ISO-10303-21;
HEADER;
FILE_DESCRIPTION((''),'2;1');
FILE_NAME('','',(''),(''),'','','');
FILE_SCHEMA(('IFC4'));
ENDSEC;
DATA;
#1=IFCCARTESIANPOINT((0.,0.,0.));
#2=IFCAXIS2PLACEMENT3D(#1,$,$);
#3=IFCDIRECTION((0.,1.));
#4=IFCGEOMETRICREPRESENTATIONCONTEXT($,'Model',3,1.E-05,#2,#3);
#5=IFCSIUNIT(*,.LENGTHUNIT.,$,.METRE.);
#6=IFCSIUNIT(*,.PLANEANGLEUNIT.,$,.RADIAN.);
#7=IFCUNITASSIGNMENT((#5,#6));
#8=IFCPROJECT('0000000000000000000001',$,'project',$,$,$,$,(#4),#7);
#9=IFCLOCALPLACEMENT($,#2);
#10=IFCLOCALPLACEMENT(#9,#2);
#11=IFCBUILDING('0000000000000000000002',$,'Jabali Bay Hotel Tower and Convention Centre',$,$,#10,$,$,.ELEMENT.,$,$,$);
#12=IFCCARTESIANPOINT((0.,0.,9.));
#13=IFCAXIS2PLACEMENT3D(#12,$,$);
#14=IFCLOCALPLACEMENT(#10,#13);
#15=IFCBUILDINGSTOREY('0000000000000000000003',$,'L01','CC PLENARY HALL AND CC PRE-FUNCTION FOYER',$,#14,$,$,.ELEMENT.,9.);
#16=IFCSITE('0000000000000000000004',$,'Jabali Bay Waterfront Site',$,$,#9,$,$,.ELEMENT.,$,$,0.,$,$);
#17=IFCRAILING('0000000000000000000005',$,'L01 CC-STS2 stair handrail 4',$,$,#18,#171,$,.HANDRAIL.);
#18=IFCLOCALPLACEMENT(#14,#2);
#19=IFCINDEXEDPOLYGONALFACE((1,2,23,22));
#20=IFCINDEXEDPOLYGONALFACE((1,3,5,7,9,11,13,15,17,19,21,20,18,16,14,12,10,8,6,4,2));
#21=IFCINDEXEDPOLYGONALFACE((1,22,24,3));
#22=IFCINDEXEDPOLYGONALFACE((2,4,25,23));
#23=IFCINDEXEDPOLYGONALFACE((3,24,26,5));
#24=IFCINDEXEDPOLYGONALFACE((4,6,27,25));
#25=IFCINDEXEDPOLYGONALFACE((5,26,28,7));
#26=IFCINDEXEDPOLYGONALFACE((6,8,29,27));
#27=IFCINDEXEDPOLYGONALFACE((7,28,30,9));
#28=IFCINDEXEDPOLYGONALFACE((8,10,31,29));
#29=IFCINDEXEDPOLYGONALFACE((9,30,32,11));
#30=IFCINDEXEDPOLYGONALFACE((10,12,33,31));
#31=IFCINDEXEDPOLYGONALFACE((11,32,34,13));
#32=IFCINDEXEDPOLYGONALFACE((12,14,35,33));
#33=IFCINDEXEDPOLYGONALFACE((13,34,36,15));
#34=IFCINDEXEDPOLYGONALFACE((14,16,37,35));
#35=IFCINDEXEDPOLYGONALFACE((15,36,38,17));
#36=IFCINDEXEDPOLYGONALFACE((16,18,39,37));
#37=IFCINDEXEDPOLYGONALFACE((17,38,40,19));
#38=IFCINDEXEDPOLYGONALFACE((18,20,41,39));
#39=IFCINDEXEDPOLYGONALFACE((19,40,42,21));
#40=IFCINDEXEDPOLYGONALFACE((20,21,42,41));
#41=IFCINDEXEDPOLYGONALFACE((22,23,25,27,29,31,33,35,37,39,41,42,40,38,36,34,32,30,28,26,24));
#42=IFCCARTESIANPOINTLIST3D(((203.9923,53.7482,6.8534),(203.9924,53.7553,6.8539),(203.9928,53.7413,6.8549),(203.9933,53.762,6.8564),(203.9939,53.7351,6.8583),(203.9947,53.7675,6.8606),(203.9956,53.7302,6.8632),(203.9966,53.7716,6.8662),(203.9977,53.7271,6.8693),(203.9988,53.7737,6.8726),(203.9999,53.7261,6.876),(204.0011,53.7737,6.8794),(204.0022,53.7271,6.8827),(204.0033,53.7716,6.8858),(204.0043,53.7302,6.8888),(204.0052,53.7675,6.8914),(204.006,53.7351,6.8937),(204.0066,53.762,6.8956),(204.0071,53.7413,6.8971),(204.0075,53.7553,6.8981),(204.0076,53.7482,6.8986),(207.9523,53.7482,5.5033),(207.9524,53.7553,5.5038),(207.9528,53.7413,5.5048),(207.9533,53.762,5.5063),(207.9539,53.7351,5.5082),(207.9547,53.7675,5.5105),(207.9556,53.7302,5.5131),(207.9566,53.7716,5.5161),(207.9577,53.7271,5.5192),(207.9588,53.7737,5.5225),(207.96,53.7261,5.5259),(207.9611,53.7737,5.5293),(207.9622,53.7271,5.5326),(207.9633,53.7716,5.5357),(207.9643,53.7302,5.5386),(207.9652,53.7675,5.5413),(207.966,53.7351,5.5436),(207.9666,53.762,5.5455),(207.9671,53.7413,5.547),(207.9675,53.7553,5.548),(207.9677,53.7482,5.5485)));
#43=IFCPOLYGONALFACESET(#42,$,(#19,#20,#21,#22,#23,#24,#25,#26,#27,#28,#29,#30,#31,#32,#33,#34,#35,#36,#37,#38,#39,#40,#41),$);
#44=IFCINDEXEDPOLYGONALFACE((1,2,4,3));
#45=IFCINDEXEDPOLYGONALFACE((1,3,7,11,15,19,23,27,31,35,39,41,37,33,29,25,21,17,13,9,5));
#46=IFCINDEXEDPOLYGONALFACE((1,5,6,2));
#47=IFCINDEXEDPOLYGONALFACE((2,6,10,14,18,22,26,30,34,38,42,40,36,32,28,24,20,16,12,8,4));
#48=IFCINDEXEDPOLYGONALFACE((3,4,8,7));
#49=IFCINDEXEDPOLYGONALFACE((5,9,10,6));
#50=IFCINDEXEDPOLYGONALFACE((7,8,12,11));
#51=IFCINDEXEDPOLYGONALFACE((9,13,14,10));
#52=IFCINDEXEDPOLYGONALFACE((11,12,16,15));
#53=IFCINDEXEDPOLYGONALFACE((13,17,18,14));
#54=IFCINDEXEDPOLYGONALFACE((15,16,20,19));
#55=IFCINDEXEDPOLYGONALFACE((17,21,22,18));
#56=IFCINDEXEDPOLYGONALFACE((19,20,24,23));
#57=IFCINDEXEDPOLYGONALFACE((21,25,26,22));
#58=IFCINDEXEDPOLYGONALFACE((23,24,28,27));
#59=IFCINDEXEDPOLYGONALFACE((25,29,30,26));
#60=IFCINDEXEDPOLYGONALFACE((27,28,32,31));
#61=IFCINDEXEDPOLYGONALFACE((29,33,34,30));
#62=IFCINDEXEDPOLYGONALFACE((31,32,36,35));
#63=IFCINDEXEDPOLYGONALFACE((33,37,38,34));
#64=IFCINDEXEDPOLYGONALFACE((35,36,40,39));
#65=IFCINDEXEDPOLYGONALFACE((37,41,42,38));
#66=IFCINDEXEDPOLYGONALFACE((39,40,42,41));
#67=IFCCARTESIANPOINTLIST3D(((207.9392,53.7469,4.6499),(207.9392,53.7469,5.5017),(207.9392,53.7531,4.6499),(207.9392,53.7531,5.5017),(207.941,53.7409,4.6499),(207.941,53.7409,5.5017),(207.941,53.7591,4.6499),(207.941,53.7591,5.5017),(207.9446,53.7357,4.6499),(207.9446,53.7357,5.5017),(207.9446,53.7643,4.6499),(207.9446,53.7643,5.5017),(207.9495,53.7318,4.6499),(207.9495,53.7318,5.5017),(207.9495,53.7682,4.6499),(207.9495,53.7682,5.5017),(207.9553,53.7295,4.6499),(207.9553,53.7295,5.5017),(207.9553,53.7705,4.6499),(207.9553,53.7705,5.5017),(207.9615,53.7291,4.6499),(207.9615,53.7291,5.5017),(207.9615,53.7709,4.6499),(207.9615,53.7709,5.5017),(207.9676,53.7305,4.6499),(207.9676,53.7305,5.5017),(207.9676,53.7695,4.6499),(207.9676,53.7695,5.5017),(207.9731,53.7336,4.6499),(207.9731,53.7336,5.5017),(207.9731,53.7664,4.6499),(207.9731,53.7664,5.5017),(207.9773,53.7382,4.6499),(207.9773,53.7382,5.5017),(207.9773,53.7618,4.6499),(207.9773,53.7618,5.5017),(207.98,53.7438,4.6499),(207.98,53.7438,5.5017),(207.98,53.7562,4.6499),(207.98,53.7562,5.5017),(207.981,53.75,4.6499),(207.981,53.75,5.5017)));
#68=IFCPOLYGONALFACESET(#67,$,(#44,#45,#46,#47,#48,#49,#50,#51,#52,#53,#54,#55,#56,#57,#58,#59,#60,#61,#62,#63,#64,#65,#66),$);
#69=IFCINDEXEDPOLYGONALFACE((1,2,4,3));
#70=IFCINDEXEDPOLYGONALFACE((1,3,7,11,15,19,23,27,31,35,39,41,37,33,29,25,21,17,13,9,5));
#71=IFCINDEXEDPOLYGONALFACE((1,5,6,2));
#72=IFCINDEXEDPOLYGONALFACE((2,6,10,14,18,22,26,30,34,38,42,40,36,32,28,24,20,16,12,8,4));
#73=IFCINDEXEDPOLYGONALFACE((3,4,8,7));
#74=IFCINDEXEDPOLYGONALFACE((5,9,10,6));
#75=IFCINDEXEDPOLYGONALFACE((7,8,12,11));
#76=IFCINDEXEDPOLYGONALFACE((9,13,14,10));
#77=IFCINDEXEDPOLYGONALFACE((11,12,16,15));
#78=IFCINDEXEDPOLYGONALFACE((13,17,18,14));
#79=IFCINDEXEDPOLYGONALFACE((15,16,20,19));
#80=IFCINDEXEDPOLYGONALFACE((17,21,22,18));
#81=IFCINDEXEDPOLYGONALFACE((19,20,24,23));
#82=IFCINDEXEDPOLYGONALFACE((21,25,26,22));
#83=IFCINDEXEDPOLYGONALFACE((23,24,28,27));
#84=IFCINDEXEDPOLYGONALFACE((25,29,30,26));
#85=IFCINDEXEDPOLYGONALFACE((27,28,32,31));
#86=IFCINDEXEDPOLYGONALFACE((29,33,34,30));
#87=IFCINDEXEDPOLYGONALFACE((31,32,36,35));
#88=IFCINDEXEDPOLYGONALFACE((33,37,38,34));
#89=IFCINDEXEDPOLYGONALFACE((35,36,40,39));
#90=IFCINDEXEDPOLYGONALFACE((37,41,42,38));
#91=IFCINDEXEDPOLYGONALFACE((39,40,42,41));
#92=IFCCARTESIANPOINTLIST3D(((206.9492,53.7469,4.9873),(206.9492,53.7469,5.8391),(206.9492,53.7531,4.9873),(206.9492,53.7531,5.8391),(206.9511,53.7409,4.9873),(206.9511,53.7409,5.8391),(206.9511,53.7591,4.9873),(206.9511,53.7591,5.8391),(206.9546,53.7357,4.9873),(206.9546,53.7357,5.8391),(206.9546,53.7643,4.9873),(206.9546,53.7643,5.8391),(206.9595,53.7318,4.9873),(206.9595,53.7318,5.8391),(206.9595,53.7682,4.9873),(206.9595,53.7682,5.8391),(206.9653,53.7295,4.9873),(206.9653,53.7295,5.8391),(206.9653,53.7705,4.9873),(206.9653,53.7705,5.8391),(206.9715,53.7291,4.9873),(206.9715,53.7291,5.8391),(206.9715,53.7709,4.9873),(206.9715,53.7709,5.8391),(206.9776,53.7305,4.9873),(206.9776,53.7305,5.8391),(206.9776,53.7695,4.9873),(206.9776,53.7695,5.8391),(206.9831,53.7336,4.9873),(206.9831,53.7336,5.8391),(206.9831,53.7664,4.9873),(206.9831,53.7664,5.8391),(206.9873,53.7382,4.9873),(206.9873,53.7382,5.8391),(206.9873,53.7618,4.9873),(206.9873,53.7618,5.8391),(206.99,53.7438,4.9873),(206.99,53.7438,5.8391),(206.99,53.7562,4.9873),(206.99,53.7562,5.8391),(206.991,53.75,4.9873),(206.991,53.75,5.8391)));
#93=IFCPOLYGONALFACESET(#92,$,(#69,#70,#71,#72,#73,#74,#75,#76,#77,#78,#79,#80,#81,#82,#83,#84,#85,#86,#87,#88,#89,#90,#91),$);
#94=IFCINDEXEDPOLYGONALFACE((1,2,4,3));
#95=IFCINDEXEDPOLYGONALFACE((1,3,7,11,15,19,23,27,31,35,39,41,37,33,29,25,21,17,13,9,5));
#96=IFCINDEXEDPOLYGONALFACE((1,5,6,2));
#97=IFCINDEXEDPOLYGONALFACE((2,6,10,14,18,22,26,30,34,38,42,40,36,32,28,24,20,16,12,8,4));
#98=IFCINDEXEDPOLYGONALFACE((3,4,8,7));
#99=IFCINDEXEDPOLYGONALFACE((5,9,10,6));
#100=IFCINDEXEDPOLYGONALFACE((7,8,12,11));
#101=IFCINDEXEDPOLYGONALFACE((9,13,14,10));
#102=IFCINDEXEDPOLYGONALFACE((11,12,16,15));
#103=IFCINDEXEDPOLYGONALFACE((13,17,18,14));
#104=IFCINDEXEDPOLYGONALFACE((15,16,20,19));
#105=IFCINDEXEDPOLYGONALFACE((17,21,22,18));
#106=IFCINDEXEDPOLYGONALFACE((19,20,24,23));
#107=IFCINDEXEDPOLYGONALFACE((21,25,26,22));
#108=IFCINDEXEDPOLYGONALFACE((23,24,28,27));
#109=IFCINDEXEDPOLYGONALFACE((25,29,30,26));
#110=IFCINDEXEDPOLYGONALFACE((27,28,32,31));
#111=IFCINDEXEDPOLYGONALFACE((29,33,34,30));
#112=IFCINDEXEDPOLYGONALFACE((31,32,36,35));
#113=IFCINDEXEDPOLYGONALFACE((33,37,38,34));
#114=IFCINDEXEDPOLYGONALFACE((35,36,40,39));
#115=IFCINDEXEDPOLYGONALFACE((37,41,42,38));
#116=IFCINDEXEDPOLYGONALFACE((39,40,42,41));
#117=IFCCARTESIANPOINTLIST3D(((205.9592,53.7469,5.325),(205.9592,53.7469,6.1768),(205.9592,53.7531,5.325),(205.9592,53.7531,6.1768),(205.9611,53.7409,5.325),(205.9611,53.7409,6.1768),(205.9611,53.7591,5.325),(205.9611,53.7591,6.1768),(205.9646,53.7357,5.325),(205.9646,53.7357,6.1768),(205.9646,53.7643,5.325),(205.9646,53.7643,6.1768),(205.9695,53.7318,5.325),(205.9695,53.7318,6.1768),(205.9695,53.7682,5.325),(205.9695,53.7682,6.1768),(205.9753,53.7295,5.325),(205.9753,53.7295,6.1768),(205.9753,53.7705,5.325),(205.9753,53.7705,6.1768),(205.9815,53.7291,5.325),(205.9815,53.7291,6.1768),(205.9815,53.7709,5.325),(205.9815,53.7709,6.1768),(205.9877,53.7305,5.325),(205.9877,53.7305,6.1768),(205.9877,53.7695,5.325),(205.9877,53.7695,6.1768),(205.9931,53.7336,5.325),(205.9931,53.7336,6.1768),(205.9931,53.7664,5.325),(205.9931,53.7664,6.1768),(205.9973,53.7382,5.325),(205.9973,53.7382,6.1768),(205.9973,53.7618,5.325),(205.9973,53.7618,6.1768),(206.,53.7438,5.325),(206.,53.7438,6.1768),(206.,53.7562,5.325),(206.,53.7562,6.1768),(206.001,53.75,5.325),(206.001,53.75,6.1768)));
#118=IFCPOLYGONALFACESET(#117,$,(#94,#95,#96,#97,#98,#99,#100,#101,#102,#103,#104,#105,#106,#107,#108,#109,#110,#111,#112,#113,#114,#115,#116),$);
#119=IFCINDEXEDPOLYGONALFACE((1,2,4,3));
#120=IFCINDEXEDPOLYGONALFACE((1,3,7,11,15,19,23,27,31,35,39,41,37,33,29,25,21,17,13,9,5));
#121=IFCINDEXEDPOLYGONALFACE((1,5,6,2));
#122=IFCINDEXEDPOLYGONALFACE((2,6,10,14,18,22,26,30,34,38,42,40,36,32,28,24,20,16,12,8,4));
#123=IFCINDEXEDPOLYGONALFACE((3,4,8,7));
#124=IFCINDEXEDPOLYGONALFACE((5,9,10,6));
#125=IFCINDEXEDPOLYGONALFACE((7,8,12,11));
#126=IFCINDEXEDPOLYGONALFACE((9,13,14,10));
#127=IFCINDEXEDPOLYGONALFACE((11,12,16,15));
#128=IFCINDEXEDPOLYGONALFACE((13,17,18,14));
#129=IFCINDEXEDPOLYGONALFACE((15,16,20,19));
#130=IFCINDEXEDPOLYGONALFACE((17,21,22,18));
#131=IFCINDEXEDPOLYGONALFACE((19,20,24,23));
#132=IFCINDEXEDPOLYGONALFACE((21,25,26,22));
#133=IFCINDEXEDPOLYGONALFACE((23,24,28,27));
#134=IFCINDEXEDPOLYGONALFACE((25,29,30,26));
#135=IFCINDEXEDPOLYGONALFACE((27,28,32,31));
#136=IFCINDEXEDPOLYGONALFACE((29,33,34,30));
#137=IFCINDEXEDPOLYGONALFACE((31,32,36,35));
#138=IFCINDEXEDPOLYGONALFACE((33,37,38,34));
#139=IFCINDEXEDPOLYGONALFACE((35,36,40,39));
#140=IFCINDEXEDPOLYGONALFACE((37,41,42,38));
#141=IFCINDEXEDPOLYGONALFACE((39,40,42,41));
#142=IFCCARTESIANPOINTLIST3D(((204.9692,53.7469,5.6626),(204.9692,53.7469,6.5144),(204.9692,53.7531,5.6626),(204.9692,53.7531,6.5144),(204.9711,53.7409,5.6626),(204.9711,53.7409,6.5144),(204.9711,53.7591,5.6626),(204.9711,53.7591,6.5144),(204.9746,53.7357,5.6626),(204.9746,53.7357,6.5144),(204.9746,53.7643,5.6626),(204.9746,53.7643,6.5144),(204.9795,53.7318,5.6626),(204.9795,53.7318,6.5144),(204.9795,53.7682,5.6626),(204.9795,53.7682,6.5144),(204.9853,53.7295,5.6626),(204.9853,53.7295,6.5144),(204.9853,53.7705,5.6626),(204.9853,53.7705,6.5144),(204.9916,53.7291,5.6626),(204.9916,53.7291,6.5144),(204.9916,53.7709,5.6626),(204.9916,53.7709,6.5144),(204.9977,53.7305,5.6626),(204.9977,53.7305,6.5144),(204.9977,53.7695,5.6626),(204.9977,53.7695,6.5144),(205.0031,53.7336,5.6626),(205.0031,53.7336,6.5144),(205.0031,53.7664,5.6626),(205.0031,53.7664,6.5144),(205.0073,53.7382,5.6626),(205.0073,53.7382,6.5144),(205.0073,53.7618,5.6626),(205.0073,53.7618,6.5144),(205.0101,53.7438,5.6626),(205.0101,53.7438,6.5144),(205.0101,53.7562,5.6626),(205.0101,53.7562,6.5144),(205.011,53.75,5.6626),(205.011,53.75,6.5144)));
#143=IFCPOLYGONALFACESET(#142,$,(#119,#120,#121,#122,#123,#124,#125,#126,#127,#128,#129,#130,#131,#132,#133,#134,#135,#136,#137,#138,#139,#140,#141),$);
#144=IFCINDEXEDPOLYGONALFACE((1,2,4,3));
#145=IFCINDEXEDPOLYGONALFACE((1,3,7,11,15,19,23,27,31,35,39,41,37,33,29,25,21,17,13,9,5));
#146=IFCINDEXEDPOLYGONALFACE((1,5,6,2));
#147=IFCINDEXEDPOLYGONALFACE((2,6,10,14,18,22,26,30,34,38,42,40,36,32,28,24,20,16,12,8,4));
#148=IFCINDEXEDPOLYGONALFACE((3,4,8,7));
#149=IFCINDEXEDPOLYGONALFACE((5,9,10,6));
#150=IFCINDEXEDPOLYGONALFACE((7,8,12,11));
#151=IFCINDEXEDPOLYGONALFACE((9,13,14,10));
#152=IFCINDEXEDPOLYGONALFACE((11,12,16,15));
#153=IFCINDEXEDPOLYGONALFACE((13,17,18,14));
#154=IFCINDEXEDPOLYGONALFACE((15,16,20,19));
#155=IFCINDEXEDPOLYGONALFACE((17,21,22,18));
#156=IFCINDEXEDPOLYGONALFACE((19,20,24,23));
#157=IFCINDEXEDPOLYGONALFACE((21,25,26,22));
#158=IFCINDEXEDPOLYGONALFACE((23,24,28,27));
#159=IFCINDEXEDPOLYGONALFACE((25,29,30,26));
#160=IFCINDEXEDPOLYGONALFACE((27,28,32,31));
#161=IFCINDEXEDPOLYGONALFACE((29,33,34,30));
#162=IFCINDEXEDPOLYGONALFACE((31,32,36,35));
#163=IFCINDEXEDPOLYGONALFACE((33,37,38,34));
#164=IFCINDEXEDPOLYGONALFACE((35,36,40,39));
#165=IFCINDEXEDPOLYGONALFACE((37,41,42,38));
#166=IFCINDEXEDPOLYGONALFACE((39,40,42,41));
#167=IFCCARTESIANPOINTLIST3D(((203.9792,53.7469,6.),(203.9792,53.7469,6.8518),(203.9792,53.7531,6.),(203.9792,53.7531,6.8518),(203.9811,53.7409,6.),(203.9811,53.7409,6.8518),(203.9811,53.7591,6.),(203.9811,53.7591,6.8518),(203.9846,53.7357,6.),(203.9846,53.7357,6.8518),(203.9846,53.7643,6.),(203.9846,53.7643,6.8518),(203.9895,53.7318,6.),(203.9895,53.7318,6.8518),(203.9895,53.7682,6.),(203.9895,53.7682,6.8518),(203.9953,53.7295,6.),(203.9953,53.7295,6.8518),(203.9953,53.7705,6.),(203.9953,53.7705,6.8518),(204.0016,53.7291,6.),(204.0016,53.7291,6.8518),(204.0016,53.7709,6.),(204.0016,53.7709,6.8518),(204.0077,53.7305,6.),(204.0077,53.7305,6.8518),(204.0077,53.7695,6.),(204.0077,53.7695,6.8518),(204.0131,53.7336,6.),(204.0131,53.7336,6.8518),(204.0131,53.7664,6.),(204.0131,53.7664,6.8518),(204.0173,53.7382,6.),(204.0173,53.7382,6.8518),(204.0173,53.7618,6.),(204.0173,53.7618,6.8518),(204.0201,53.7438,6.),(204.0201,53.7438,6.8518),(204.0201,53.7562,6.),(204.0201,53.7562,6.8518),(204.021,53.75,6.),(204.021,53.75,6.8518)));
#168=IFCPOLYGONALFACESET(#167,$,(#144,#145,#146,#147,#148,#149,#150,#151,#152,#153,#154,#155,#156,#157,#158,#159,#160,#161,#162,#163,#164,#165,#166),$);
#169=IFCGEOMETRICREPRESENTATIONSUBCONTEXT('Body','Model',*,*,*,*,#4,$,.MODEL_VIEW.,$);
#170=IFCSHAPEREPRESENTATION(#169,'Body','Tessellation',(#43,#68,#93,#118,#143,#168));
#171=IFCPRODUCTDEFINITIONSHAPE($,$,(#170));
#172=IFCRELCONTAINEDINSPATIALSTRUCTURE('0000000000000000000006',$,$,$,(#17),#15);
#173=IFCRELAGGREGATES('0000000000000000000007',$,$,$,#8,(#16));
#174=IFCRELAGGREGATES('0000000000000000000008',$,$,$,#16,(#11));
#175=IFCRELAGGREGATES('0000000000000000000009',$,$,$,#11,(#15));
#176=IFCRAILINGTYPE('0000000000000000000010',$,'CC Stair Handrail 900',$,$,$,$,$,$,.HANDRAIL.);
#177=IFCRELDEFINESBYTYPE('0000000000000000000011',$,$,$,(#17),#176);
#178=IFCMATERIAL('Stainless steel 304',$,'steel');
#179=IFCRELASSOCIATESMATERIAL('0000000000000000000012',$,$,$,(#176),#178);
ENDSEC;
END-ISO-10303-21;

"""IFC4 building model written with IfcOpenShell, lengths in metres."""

from ifc_helpers import new_model, si_unit, direction, frame, origin, origin_2d, place, context, subcontext, project, spatial, circle, extrude, material, type_object, element, save


model = new_model("IFC4")

# Units and contexts
model_context = context("Model", 3, precision=1e-05, world=origin(), true_north=direction((0.0, 1.0)))
body_context = subcontext(model_context, "Body", "Model", "MODEL_VIEW")
ifc_project = project(units=[si_unit("LENGTHUNIT", "METRE"), si_unit("PLANEANGLEUNIT", "RADIAN")], contexts=[model_context])

# Site, building, storey
site_placement = place(None, origin())
site = spatial("IfcSite", under=ifc_project, at=site_placement, Name="Jabali Bay Waterfront Site", CompositionType="ELEMENT", RefElevation=0.0)
building_placement = place(site_placement, origin())
building = spatial("IfcBuilding", under=site, at=building_placement, Name="Jabali Bay Hotel Tower and Convention Centre", CompositionType="ELEMENT")
storey_placement = place(building_placement, frame((0.0, 0.0, 9.0)))
storey = spatial("IfcBuildingStorey", under=building, at=storey_placement, Name="L01", Description="CC PLENARY HALL AND CC PRE-FUNCTION FOYER", CompositionType="ELEMENT", Elevation=9.0)

# Railing
ifc_material_1 = material(Name="Stainless steel 304", Category="steel")
railing_type = type_object("IfcRailingType", Name="CC Stair Handrail 900", PredefinedType="HANDRAIL", material=ifc_material_1)
for number, where, name in (
    (1, (207.96, 53.75, 4.6499), "L01 CC-STS2 stair handrail 4"),
):
    element("IfcRailing", number, at=place(storey_placement, frame(where)), inside=storey, type_object=railing_type, Name=name, PredefinedType="HANDRAIL", context=body_context, shape_type="SweptSolid", body=[
        extrude(circle(Radius=0.0239, at=origin_2d()), frame((0.0, 0.0, 0.876), z_axis=(-0.946502, 0.0, 0.322698), x_axis=(0.0, -1.0, 0.0)), (0.0, 0.0, 1.0), 4.1838),
        extrude(circle(Radius=0.021, at=origin_2d()), origin(), (0.0, 0.0, 1.0), 0.8518),
        extrude(circle(Radius=0.021, at=origin_2d()), frame((-0.99, 0.0, 0.3374)), (0.0, 0.0, 1.0), 0.8518),
        extrude(circle(Radius=0.021, at=origin_2d()), frame((-1.98, 0.0, 0.675)), (0.0, 0.0, 1.0), 0.8518),
        extrude(circle(Radius=0.021, at=origin_2d()), frame((-2.97, 0.0, 1.0127)), (0.0, 0.0, 1.0), 0.8518),
        extrude(circle(Radius=0.021, at=origin_2d()), frame((-3.96, 0.0, 1.3501)), (0.0, 0.0, 1.0), 0.8518),
    ])

save(model, "model.ifc")
